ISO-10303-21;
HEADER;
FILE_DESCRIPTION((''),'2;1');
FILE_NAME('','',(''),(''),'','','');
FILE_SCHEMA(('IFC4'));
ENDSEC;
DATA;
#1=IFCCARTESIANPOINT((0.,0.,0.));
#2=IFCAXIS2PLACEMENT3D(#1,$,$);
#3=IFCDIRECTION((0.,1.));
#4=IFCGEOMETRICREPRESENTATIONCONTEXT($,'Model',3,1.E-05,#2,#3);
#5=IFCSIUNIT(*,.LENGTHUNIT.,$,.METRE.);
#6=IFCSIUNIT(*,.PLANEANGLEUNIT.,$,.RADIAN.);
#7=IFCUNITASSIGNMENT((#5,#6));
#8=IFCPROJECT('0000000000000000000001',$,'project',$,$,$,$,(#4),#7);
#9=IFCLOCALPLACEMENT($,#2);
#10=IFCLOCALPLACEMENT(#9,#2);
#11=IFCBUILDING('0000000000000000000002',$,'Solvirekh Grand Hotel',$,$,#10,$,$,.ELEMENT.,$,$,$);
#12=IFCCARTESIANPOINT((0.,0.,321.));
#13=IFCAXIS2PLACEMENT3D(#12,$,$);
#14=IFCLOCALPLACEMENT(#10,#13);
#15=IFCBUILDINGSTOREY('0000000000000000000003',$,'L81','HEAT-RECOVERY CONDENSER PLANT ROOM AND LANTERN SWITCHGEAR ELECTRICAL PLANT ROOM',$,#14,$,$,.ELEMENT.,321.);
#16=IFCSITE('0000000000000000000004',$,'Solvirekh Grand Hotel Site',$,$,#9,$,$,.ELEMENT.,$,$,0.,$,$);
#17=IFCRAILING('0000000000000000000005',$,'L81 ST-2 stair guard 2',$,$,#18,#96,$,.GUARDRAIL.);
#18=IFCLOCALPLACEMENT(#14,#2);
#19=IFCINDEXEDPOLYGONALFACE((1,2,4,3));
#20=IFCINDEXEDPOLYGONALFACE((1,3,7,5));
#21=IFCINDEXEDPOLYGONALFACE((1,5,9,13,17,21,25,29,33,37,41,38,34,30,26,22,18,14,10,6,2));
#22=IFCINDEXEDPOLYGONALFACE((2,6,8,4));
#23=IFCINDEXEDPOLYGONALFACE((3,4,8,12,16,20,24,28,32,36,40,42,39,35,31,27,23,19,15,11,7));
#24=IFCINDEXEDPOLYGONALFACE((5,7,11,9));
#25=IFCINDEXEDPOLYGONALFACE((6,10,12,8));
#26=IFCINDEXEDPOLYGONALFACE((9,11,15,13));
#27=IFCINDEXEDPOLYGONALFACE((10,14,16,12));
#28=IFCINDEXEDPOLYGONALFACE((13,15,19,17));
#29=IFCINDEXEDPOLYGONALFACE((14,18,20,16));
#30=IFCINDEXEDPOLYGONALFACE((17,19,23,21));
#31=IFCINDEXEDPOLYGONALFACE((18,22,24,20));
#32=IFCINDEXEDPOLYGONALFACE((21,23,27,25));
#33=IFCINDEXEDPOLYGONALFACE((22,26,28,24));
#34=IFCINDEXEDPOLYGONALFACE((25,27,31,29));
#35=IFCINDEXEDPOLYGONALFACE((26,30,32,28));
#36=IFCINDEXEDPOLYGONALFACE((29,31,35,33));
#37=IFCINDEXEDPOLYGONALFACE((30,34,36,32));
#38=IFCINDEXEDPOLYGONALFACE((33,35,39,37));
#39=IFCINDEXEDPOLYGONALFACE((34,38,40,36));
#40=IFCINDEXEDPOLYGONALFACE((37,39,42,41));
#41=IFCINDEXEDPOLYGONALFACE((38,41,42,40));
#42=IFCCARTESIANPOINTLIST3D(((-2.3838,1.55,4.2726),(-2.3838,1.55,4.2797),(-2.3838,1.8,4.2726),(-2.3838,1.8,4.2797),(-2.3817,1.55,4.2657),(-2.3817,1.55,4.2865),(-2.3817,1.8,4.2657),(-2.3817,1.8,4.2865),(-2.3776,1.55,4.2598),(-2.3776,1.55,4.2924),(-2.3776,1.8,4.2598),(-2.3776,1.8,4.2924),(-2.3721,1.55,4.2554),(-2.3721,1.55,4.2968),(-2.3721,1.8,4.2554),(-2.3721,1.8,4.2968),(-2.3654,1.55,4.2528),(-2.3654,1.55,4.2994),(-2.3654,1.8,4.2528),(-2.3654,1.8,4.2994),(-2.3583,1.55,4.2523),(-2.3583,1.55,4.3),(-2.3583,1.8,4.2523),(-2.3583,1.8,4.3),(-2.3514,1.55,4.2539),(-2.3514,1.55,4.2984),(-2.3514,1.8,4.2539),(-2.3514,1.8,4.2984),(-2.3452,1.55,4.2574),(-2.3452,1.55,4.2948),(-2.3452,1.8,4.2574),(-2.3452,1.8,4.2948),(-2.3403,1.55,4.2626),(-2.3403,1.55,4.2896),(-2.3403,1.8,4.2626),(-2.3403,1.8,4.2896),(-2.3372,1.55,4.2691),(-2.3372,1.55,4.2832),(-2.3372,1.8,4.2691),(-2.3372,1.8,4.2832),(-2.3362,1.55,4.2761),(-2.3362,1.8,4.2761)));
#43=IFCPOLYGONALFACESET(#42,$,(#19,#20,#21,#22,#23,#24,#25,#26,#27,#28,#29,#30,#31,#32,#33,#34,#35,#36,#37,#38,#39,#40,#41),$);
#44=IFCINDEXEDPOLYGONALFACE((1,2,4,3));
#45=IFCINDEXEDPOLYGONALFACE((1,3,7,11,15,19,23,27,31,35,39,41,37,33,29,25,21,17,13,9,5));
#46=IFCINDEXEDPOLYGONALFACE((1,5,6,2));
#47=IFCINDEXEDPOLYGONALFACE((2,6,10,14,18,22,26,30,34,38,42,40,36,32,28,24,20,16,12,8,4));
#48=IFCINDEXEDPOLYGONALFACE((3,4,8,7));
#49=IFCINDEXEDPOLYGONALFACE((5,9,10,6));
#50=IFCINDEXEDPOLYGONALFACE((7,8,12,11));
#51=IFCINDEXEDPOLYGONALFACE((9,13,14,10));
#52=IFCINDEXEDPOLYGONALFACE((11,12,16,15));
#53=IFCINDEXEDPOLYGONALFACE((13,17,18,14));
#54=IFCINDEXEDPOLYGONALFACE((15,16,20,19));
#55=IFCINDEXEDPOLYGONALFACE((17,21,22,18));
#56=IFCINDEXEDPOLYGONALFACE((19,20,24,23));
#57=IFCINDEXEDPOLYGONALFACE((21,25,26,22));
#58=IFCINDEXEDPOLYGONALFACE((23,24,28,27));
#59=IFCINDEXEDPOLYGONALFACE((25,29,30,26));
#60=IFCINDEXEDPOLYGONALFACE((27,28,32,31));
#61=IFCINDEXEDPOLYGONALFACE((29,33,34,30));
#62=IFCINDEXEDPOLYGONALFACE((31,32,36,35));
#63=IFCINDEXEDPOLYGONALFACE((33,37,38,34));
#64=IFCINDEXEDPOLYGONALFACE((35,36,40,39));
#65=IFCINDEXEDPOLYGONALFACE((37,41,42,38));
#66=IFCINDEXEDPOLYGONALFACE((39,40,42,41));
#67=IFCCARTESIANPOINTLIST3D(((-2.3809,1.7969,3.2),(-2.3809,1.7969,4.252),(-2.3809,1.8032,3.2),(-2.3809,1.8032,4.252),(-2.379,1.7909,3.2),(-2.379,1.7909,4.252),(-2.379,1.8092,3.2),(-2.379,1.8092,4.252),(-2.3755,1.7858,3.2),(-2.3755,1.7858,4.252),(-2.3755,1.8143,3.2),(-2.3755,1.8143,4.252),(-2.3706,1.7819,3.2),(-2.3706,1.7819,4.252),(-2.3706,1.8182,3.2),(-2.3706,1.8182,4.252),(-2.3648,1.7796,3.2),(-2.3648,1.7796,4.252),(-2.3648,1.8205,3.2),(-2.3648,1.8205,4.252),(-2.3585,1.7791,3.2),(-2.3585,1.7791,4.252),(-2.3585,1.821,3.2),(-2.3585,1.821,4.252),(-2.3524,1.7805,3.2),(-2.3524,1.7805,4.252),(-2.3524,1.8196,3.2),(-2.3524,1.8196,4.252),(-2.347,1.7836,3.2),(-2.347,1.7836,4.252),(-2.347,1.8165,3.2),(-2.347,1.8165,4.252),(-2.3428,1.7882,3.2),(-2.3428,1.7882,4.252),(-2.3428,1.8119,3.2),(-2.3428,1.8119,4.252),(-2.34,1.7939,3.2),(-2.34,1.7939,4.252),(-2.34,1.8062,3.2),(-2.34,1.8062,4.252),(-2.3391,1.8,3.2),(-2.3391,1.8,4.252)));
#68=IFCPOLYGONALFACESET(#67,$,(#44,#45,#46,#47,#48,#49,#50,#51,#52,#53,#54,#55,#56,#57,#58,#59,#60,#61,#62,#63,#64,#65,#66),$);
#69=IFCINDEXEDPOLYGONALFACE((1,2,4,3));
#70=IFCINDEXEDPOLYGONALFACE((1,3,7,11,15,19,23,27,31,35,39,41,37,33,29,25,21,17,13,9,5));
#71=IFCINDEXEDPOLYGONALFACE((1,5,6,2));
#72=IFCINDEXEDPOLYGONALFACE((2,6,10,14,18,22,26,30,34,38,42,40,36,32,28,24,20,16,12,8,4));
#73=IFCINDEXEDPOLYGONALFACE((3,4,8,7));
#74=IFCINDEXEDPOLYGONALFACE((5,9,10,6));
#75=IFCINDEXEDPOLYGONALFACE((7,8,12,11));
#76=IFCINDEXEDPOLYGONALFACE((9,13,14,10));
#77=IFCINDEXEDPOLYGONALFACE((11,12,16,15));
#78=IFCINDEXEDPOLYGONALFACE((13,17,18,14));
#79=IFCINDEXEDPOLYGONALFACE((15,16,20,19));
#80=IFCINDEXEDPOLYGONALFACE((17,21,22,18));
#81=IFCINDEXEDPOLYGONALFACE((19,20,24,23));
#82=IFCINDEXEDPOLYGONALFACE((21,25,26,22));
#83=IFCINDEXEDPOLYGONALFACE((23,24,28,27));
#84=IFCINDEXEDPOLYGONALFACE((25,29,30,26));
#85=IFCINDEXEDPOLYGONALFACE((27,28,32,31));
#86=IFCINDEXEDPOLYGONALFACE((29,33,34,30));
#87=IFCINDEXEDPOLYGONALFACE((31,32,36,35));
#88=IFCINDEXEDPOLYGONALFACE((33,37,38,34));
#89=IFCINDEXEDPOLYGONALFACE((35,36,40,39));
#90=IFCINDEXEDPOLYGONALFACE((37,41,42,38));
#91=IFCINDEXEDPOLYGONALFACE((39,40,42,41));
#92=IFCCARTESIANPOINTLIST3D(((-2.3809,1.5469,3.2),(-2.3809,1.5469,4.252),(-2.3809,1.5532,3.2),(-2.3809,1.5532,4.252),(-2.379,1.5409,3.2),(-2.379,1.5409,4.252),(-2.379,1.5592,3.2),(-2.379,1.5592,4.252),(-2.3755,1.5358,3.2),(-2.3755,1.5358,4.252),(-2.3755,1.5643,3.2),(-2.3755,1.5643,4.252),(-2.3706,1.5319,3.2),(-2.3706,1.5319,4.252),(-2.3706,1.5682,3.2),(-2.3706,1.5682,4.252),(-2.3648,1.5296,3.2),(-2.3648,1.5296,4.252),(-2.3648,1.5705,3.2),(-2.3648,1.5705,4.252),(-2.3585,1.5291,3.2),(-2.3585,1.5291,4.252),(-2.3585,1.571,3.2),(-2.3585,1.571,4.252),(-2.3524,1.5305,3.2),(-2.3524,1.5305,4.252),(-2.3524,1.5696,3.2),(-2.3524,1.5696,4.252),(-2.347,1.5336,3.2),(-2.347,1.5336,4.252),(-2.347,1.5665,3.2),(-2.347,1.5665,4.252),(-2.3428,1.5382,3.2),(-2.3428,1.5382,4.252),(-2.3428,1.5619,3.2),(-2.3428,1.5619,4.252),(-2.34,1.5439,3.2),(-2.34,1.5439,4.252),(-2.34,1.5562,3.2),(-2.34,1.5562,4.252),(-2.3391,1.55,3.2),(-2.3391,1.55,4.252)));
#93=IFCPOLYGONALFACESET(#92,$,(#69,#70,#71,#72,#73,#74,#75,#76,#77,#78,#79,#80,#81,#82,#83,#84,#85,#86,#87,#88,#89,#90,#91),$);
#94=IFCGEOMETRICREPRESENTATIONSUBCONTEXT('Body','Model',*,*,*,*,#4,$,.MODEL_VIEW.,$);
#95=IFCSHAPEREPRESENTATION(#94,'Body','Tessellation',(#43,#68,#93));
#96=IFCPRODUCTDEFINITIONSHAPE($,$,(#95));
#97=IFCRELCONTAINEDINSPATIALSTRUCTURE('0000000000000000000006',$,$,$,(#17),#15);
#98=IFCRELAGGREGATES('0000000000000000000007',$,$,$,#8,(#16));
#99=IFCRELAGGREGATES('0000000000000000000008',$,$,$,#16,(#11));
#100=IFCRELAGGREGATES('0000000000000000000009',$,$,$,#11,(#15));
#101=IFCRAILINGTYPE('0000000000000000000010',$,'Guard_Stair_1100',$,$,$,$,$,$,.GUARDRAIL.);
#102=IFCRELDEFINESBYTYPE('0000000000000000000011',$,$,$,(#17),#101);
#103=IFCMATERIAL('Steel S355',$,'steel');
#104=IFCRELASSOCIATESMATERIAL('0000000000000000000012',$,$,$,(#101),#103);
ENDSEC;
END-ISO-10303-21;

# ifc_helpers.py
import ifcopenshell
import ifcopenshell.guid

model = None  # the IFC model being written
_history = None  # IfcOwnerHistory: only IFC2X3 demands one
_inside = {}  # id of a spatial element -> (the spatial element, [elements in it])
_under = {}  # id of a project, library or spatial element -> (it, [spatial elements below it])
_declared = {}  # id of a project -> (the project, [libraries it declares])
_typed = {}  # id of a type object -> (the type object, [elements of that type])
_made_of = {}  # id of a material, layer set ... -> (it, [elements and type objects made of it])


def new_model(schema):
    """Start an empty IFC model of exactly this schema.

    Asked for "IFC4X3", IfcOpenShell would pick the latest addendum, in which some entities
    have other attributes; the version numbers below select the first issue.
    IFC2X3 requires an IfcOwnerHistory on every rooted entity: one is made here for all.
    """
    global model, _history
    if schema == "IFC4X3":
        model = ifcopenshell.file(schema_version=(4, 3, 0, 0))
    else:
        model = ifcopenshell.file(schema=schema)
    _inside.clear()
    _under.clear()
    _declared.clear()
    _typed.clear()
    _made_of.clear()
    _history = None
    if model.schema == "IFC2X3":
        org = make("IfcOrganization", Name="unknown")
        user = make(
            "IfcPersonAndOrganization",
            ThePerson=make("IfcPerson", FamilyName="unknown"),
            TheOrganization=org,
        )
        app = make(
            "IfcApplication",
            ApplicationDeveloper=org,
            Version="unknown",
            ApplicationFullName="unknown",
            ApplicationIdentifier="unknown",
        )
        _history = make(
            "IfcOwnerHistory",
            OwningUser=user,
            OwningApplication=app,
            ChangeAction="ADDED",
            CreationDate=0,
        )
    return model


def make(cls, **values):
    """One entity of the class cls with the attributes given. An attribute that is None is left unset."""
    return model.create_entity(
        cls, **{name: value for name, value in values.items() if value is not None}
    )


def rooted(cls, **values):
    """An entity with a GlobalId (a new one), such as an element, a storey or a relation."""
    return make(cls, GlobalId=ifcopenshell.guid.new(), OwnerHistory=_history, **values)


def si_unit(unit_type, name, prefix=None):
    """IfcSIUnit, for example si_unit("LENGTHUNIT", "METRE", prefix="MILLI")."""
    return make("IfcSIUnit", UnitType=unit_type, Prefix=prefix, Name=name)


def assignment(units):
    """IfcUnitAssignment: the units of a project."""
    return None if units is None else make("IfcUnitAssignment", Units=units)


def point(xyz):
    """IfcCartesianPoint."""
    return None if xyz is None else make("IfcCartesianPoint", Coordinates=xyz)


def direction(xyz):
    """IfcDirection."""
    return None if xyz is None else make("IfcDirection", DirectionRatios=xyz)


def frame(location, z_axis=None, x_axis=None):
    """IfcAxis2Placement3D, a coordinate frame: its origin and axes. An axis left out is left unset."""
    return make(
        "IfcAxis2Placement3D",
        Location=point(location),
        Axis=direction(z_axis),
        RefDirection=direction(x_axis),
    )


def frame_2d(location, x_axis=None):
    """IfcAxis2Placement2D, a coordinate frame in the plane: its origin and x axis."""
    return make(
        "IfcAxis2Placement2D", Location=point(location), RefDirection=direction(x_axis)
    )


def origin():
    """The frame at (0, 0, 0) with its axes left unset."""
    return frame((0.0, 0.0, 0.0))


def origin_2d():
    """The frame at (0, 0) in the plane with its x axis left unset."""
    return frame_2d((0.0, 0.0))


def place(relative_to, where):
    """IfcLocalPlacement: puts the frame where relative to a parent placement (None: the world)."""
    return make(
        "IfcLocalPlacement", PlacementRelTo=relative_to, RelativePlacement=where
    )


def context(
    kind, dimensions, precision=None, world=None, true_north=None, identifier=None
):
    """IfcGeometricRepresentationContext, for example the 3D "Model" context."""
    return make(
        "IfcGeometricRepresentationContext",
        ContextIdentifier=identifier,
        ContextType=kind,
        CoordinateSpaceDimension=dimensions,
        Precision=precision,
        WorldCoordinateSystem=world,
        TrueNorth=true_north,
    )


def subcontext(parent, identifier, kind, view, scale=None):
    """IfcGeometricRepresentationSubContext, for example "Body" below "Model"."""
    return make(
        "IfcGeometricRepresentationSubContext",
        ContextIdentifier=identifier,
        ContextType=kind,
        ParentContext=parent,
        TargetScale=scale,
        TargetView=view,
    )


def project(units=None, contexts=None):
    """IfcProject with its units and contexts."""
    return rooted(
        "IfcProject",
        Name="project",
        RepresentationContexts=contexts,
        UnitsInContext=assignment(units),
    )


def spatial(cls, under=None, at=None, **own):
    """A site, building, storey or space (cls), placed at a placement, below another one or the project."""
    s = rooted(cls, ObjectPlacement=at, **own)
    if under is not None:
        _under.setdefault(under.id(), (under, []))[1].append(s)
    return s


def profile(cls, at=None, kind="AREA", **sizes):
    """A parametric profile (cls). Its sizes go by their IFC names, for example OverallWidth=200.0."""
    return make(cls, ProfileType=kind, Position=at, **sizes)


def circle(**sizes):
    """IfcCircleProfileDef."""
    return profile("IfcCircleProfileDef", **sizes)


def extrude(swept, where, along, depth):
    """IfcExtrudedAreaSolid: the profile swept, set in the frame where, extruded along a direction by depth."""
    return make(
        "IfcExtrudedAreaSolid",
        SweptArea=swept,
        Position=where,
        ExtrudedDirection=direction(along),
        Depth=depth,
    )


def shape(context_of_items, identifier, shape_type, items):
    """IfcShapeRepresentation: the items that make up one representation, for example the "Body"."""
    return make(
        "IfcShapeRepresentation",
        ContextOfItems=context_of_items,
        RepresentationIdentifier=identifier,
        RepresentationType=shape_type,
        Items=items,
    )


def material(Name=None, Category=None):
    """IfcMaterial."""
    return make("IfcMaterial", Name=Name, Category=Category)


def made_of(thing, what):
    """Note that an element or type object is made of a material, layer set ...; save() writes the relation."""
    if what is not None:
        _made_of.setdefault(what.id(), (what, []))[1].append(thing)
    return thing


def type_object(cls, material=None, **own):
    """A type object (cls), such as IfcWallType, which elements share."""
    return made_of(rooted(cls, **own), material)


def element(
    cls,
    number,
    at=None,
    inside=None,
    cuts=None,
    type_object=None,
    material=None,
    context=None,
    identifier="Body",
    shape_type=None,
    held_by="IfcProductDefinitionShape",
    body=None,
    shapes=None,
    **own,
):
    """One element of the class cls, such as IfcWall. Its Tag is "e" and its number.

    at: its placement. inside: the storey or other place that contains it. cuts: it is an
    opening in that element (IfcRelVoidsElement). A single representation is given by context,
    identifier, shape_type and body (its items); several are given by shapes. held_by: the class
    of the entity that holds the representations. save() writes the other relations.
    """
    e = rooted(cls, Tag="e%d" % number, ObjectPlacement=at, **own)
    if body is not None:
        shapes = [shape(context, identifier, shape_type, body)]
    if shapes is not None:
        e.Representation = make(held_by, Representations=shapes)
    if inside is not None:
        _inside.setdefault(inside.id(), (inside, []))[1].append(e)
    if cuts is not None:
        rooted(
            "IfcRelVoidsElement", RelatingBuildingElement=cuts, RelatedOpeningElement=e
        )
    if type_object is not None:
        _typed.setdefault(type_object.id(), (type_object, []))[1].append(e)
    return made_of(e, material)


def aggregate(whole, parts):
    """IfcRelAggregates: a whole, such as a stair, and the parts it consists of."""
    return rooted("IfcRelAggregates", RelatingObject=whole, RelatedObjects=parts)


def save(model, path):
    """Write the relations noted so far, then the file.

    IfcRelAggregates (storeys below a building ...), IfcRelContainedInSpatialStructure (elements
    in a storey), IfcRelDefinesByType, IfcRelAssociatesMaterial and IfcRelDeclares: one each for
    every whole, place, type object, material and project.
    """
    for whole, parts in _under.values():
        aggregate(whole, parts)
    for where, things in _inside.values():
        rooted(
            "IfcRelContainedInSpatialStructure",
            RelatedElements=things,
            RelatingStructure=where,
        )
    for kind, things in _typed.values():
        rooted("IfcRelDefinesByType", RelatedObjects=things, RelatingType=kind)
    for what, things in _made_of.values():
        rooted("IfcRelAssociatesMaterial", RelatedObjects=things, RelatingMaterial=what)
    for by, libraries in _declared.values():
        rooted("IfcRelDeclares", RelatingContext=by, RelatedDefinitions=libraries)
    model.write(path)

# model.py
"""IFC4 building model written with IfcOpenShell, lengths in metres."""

from ifc_helpers import new_model, si_unit, direction, frame, origin, origin_2d, place, context, subcontext, project, spatial, circle, extrude, material, type_object, element, save


model = new_model("IFC4")

# Units and contexts
model_context = context("Model", 3, precision=1e-05, world=origin(), true_north=direction((0.0, 1.0)))
body_context = subcontext(model_context, "Body", "Model", "MODEL_VIEW")
ifc_project = project(units=[si_unit("LENGTHUNIT", "METRE"), si_unit("PLANEANGLEUNIT", "RADIAN")], contexts=[model_context])

# Site, building, storey
site_placement = place(None, origin())
site = spatial("IfcSite", under=ifc_project, at=site_placement, Name="Solvirekh Grand Hotel Site", CompositionType="ELEMENT", RefElevation=0.0)
building_placement = place(site_placement, origin())
building = spatial("IfcBuilding", under=site, at=building_placement, Name="Solvirekh Grand Hotel", CompositionType="ELEMENT")
storey_placement = place(building_placement, frame((0.0, 0.0, 321.0)))
storey = spatial("IfcBuildingStorey", under=building, at=storey_placement, Name="L81", Description="HEAT-RECOVERY CONDENSER PLANT ROOM AND LANTERN SWITCHGEAR ELECTRICAL PLANT ROOM", CompositionType="ELEMENT", Elevation=321.0)

# Shared definitions
ifc_material_1 = material(Name="Steel S355", Category="steel")

# Railing
railing_type_1 = type_object("IfcRailingType", Name="Guard_Stair_1100", PredefinedType="GUARDRAIL", material=ifc_material_1)
railing_1_placement = place(storey_placement, frame((-2.3601, 1.8, 3.2)))
element("IfcRailing", 1, at=railing_1_placement, inside=storey, type_object=railing_type_1, Name="L81 ST-2 stair guard 2", PredefinedType="GUARDRAIL", context=body_context, shape_type="SweptSolid", body=[
    extrude(circle(Radius=0.0239, at=origin_2d()), frame((0.0, 0.0, 1.0762), z_axis=(0.0, -1.0, 0.0), x_axis=(1.0, 0.0, 0.0)), (0.0, 0.0, 1.0), 0.25),
    extrude(circle(Radius=0.021, at=origin_2d()), origin(), (0.0, 0.0, 1.0), 1.052),
    extrude(circle(Radius=0.021, at=origin_2d()), frame((0.0, -0.25, 0.0)), (0.0, 0.0, 1.0), 1.052),
])

save(model, "model.ifc")
